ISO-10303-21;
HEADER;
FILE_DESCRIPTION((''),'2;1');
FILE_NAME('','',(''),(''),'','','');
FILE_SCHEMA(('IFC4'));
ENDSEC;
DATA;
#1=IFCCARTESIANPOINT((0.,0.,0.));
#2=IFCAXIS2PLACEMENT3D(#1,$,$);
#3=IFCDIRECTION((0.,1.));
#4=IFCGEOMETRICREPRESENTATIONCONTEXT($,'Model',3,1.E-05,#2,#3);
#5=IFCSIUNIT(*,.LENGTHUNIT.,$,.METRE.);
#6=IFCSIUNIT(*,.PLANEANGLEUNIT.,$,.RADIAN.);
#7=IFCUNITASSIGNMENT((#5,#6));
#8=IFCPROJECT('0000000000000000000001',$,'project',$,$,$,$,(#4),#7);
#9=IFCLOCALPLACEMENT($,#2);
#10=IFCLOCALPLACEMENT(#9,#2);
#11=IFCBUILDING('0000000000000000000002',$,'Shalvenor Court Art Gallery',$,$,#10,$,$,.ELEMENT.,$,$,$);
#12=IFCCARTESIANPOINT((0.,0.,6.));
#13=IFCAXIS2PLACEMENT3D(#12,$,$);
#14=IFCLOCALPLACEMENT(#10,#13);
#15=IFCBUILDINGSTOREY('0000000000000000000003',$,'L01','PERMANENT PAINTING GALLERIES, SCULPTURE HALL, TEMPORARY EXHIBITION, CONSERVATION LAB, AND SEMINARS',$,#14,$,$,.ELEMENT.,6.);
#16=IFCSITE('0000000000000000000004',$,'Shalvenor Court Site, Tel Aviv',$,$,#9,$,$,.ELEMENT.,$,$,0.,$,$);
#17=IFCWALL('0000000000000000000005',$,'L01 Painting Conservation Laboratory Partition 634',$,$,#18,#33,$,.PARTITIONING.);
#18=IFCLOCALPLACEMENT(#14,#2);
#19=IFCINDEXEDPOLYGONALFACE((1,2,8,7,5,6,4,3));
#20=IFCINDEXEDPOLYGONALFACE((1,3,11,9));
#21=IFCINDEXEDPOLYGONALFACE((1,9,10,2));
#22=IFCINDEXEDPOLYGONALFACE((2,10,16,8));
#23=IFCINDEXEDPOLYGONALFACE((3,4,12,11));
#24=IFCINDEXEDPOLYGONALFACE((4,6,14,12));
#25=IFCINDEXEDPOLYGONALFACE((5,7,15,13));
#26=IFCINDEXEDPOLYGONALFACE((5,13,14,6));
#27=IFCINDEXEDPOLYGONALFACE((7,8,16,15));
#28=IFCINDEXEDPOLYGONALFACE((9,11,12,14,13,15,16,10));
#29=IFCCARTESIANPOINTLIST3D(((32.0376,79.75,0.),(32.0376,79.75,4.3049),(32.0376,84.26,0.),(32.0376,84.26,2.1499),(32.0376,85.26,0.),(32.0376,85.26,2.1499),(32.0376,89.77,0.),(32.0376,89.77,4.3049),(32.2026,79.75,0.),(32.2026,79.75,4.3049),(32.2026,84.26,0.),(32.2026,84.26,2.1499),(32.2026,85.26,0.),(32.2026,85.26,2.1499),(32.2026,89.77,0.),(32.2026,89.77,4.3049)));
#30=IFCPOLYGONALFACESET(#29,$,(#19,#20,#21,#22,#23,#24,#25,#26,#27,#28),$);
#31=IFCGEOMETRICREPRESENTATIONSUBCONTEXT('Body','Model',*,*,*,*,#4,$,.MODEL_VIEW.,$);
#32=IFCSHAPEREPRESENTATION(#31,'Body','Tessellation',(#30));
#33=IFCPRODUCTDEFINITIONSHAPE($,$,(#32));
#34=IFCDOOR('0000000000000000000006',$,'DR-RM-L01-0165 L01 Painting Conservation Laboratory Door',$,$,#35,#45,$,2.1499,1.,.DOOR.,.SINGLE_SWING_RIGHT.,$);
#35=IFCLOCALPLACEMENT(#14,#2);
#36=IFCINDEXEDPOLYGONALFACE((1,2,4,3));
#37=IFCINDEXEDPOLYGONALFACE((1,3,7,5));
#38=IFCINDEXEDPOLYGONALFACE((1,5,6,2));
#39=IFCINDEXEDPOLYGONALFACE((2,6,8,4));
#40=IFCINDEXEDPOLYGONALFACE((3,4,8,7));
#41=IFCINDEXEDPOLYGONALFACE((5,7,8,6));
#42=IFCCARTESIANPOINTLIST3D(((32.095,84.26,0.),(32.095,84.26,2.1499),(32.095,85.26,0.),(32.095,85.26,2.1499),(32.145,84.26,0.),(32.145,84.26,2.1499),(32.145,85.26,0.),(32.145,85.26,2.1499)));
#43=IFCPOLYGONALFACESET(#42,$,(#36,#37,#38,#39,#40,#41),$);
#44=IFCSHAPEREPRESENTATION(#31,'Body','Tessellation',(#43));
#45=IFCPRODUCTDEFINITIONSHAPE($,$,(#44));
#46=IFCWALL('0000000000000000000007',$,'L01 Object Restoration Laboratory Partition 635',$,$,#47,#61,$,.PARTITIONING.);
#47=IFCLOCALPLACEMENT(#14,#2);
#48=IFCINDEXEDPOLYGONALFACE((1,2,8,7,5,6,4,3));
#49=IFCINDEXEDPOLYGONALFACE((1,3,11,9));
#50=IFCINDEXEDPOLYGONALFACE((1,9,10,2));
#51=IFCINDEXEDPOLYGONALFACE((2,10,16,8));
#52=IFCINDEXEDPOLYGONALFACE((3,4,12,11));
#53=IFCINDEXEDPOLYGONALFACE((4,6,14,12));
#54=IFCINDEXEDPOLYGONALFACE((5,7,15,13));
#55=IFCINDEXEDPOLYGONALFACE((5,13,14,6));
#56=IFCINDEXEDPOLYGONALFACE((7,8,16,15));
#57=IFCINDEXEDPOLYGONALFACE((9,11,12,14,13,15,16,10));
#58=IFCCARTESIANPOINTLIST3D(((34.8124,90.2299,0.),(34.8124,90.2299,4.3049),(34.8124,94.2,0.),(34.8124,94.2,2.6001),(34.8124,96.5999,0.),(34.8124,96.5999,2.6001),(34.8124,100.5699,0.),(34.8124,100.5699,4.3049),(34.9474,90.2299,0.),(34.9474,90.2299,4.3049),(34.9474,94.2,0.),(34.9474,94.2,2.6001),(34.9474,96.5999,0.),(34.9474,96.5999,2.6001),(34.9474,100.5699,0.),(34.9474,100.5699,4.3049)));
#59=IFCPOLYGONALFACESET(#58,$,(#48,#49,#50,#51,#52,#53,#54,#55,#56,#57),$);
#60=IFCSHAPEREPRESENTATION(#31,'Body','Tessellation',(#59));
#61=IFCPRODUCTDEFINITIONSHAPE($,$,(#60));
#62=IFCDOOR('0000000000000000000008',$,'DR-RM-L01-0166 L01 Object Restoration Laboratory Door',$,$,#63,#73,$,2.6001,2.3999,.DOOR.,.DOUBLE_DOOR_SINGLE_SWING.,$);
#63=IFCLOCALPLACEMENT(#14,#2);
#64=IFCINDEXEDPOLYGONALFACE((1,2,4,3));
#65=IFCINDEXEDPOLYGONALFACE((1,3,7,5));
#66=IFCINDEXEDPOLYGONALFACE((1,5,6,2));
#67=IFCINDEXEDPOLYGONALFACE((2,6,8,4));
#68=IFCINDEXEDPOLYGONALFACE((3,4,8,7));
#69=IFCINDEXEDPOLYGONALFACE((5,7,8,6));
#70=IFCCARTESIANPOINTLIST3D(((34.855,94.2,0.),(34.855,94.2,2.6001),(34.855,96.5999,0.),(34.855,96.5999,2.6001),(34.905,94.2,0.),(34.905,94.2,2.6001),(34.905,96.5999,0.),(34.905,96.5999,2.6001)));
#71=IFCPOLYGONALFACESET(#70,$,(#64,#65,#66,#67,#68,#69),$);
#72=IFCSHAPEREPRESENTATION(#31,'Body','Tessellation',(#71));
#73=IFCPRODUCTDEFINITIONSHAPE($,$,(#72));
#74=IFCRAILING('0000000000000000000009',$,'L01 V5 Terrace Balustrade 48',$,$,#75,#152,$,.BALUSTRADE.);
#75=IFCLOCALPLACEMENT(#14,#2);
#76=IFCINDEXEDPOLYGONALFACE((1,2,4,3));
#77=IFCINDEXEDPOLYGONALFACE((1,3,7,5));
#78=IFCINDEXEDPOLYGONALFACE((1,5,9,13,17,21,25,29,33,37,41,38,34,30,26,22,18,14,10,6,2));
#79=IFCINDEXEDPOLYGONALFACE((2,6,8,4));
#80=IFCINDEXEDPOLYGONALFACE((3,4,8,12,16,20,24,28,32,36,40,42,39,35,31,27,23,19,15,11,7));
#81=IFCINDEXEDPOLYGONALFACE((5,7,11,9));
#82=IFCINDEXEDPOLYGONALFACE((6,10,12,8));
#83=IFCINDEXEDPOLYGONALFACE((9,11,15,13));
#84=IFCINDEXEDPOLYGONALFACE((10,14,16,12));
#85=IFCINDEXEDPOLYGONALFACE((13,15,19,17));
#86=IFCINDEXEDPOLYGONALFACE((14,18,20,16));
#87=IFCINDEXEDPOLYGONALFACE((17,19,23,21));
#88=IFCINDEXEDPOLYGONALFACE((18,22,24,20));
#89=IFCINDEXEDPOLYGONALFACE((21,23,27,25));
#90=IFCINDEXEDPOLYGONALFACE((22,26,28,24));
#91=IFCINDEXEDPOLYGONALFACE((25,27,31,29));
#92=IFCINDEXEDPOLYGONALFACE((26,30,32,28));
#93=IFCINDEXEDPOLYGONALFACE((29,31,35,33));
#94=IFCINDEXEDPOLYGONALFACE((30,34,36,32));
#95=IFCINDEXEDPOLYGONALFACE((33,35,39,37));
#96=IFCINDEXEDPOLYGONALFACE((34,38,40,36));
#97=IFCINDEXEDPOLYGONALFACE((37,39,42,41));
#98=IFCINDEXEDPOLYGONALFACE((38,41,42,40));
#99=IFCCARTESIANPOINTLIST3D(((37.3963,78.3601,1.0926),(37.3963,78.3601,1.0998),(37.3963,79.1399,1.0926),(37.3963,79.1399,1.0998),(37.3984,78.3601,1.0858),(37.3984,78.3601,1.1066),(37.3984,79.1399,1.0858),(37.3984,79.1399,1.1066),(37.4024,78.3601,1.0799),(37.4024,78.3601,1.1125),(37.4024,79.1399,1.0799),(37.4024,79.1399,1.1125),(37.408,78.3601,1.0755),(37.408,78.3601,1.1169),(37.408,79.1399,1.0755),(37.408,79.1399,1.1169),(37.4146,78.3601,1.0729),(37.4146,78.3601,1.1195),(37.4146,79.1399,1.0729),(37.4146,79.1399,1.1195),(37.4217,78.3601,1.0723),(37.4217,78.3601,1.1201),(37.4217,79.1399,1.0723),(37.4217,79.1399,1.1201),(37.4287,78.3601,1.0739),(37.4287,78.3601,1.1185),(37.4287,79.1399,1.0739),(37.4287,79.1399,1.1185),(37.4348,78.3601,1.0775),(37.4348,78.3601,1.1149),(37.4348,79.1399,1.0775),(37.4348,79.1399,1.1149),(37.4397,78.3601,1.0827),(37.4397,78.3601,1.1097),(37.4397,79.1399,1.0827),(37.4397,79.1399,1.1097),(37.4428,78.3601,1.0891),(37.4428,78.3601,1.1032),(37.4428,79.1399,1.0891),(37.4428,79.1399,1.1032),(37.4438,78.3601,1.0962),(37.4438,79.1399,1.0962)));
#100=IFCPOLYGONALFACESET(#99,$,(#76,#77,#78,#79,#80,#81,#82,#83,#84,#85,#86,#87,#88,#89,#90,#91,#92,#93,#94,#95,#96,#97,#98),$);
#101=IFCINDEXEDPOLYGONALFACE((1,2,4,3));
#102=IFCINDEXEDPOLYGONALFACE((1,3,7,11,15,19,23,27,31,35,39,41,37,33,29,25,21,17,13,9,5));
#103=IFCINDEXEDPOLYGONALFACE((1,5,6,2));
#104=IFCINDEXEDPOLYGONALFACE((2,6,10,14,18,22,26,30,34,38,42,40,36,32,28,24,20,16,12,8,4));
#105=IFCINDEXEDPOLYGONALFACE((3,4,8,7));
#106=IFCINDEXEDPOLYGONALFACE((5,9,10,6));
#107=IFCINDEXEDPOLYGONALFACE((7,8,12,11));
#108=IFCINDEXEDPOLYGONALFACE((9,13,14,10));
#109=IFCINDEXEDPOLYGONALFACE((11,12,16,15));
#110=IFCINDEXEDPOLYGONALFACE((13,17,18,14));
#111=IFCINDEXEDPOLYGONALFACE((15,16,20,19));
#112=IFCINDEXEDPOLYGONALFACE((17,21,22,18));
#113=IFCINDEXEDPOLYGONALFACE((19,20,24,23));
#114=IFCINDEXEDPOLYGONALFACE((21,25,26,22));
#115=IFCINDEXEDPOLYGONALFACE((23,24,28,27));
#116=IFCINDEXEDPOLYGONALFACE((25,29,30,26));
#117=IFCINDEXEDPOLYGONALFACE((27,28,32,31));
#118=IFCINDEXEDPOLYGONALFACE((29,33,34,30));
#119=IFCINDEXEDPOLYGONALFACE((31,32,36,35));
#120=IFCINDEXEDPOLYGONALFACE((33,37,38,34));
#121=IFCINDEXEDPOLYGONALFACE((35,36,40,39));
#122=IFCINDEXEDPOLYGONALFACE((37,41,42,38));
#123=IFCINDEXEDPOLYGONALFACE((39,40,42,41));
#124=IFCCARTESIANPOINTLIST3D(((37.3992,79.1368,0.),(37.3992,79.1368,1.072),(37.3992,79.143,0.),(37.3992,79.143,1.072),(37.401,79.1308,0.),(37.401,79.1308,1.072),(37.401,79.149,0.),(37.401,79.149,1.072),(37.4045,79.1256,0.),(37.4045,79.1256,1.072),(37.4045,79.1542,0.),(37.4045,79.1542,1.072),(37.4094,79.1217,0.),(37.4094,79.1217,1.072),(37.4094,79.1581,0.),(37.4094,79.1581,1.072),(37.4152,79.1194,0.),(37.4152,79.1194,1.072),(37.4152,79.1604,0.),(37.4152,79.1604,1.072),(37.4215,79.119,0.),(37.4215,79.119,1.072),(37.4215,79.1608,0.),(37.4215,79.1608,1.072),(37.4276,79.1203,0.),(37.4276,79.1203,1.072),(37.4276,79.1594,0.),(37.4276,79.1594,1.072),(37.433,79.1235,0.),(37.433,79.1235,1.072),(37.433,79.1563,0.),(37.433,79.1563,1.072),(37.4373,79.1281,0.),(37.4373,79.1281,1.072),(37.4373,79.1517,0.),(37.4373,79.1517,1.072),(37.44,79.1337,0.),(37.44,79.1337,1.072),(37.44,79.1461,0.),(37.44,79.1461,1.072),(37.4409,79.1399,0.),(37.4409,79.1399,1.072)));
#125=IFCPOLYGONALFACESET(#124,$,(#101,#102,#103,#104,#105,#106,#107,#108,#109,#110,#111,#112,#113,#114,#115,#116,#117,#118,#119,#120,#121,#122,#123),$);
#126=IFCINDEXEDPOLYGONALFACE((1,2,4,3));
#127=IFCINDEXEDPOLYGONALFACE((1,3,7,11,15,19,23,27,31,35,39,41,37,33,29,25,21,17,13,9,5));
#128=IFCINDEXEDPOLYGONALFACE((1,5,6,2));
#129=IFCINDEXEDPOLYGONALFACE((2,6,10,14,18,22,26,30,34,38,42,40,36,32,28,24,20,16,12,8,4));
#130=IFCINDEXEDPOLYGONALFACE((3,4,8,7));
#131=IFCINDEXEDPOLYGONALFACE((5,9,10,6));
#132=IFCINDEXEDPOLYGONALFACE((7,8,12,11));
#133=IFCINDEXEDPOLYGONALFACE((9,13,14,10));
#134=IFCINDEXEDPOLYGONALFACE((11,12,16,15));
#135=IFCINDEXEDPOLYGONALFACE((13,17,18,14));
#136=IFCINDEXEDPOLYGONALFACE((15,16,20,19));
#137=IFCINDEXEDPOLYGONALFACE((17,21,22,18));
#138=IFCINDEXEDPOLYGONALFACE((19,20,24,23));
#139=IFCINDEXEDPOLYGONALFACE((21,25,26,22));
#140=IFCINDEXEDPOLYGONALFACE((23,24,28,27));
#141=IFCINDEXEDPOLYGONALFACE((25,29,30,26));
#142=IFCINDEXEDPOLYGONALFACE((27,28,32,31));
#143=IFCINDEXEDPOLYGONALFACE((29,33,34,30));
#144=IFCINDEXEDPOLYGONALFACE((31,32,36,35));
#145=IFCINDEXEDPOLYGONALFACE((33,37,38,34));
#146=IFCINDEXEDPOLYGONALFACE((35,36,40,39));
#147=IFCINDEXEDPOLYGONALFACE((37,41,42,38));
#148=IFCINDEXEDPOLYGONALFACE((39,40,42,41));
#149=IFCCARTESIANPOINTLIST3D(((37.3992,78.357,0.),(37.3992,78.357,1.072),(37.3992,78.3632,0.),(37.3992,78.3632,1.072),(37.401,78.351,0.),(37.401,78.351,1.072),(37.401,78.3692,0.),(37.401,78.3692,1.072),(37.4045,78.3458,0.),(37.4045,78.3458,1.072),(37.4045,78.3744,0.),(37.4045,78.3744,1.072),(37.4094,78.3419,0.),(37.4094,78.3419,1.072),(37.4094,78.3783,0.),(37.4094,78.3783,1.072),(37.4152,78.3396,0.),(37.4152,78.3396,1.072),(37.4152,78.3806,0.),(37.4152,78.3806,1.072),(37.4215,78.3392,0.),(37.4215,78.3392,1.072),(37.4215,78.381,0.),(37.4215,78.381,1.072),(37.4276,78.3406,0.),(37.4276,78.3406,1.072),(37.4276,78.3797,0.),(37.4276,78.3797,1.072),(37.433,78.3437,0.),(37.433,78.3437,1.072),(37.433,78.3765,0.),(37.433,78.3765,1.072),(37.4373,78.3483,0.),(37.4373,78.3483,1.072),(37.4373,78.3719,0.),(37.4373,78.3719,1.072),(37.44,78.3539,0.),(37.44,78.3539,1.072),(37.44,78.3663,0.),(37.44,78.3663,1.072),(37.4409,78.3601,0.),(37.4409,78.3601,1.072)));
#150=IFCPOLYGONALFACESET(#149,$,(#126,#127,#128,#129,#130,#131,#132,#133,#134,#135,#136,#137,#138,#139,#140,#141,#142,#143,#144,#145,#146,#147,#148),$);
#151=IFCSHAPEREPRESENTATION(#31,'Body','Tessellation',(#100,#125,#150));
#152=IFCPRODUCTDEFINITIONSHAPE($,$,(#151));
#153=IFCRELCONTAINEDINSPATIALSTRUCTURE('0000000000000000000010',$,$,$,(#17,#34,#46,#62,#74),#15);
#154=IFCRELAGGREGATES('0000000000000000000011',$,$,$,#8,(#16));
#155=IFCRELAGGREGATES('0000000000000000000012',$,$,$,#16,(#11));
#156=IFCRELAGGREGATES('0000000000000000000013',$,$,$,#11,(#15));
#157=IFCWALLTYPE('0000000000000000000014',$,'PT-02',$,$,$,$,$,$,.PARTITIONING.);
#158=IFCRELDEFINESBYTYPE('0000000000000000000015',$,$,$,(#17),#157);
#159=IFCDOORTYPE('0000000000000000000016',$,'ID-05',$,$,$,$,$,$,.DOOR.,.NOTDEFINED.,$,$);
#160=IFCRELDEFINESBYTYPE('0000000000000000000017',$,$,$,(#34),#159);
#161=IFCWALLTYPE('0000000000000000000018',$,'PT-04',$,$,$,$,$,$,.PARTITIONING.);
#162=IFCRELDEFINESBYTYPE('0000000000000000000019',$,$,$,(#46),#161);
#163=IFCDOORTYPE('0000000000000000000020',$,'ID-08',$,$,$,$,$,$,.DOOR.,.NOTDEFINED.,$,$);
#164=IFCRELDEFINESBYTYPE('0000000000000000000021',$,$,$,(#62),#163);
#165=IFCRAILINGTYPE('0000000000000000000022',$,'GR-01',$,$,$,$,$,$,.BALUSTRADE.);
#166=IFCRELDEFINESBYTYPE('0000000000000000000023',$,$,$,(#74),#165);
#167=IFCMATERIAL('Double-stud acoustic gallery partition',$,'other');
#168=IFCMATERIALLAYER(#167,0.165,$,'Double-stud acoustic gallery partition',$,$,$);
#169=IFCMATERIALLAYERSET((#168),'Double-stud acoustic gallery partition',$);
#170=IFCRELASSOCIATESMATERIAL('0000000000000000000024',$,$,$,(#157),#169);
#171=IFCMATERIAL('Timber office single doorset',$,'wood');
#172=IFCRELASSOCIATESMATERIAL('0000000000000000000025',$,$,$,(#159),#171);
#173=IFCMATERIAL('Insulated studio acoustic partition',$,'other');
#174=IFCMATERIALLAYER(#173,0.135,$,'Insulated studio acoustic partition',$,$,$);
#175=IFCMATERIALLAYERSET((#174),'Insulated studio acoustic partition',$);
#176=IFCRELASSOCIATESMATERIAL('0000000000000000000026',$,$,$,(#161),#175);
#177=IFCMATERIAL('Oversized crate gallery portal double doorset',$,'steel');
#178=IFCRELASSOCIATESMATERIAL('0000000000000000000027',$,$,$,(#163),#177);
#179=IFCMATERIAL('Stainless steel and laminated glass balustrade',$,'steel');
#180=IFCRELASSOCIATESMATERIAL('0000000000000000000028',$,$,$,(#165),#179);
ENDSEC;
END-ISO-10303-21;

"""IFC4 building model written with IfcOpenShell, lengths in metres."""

from ifc_helpers import new_model, si_unit, direction, frame, frame_2d, origin, origin_2d, place, context, subcontext, project, spatial, rectangle, circle, extrude, material, layer, layer_set, type_object, element, fill, save


model = new_model("IFC4")

# Units and contexts
model_context = context("Model", 3, precision=1e-05, world=origin(), true_north=direction((0.0, 1.0)))
body_context = subcontext(model_context, "Body", "Model", "MODEL_VIEW")
ifc_project = project(units=[si_unit("LENGTHUNIT", "METRE"), si_unit("PLANEANGLEUNIT", "RADIAN")], contexts=[model_context])

# Site, building, storey
site_placement = place(None, origin())
site = spatial("IfcSite", under=ifc_project, at=site_placement, Name="Shalvenor Court Site, Tel Aviv", CompositionType="ELEMENT", RefElevation=0.0)
building_placement = place(site_placement, origin())
building = spatial("IfcBuilding", under=site, at=building_placement, Name="Shalvenor Court Art Gallery", CompositionType="ELEMENT")
storey_placement = place(building_placement, frame((0.0, 0.0, 6.0)))
storey = spatial("IfcBuildingStorey", under=building, at=storey_placement, Name="L01", Description="PERMANENT PAINTING GALLERIES, SCULPTURE HALL, TEMPORARY EXHIBITION, CONSERVATION LAB, AND SEMINARS", CompositionType="ELEMENT", Elevation=6.0)

# Walls, openings, doors
ifc_material_1 = material(Name="Double-stud acoustic gallery partition", Category="other")
ifc_layer_1 = layer(ifc_material_1, 0.165, Name="Double-stud acoustic gallery partition")
ifc_layer_set_1 = layer_set([ifc_layer_1], Name="Double-stud acoustic gallery partition")
wall_type_1 = type_object("IfcWallType", Name="PT-02", PredefinedType="PARTITIONING", material=ifc_layer_set_1)
wall_1_placement = place(storey_placement, frame((32.1201, 89.77, 0.0), z_axis=(0.0, 0.0, 1.0), x_axis=(0.0, -1.0, 0.0)))
wall_1 = element("IfcWall", 1, at=wall_1_placement, inside=storey, type_object=wall_type_1, Name="L01 Painting Conservation Laboratory Partition 634", PredefinedType="PARTITIONING", context=body_context, shape_type="SweptSolid", body=[
    extrude(rectangle(XDim=10.02, YDim=0.165, at=frame_2d((5.01, 0.0))), origin(), (0.0, 0.0, 1.0), 4.3049),
])
opening_1_placement = place(wall_1_placement, frame((4.51, 0.0, 0.0)))
opening_1 = element("IfcOpeningElement", 2, at=opening_1_placement, cuts=wall_1, PredefinedType="OPENING", context=body_context, shape_type="SweptSolid", body=[
    extrude(rectangle(XDim=1.0, YDim=2.1499, at=frame_2d((0.5, 1.075))), frame((0.0, 0.0925, 0.0), z_axis=(0.0, -1.0, 0.0), x_axis=(1.0, 0.0, 0.0)), (0.0, 0.0, 1.0), 0.1851),
])
ifc_material_2 = material(Name="Timber office single doorset", Category="wood")
door_type_1 = type_object("IfcDoorType", Name="ID-05", OperationType="NOTDEFINED", PredefinedType="DOOR", material=ifc_material_2)
door_1_placement = place(opening_1_placement, origin())
door_1 = element("IfcDoor", 3, at=door_1_placement, inside=storey, type_object=door_type_1, Name="DR-RM-L01-0165 L01 Painting Conservation Laboratory Door", OperationType="SINGLE_SWING_RIGHT", OverallHeight=2.1499, OverallWidth=1.0, PredefinedType="DOOR", context=body_context, shape_type="SweptSolid", body=[
    extrude(rectangle(XDim=1.0, YDim=2.1499, at=frame_2d((0.5, 1.075))), frame((0.0, 0.0249, 0.0), z_axis=(0.0, -1.0, 0.0), x_axis=(1.0, 0.0, 0.0)), (0.0, 0.0, 1.0), 0.05),
])
fill(opening_1, door_1)
ifc_material_3 = material(Name="Insulated studio acoustic partition", Category="other")
ifc_layer_2 = layer(ifc_material_3, 0.135, Name="Insulated studio acoustic partition")
ifc_layer_set_2 = layer_set([ifc_layer_2], Name="Insulated studio acoustic partition")
wall_type_2 = type_object("IfcWallType", Name="PT-04", PredefinedType="PARTITIONING", material=ifc_layer_set_2)
wall_2_placement = place(storey_placement, frame((34.8799, 90.23, 0.0), z_axis=(0.0, 0.0, 1.0), x_axis=(0.0, 1.0, 0.0)))
wall_2 = element("IfcWall", 4, at=wall_2_placement, inside=storey, type_object=wall_type_2, Name="L01 Object Restoration Laboratory Partition 635", PredefinedType="PARTITIONING", context=body_context, shape_type="SweptSolid", body=[
    extrude(rectangle(XDim=10.3401, YDim=0.135, at=frame_2d((5.1699, 0.0))), origin(), (0.0, 0.0, 1.0), 4.3049),
])
opening_2_placement = place(wall_2_placement, frame((3.97, 0.0, 0.0)))
opening_2 = element("IfcOpeningElement", 5, at=opening_2_placement, cuts=wall_2, PredefinedType="OPENING", context=body_context, shape_type="SweptSolid", body=[
    extrude(rectangle(XDim=2.3999, YDim=2.6001, at=frame_2d((1.2, 1.3))), frame((0.0, 0.0774, 0.0), z_axis=(0.0, -1.0, 0.0), x_axis=(1.0, 0.0, 0.0)), (0.0, 0.0, 1.0), 0.155),
])
ifc_material_4 = material(Name="Oversized crate gallery portal double doorset", Category="steel")
door_type_2 = type_object("IfcDoorType", Name="ID-08", OperationType="NOTDEFINED", PredefinedType="DOOR", material=ifc_material_4)
door_2_placement = place(opening_2_placement, origin())
door_2 = element("IfcDoor", 6, at=door_2_placement, inside=storey, type_object=door_type_2, Name="DR-RM-L01-0166 L01 Object Restoration Laboratory Door", OperationType="DOUBLE_DOOR_SINGLE_SWING", OverallHeight=2.6001, OverallWidth=2.3999, PredefinedType="DOOR", context=body_context, shape_type="SweptSolid", body=[
    extrude(rectangle(XDim=2.3999, YDim=2.6001, at=frame_2d((1.2, 1.3))), frame((0.0, 0.0249, 0.0), z_axis=(0.0, -1.0, 0.0), x_axis=(1.0, 0.0, 0.0)), (0.0, 0.0, 1.0), 0.05),
])
fill(opening_2, door_2)

# Railing
ifc_material_5 = material(Name="Stainless steel and laminated glass balustrade", Category="steel")
railing_type = type_object("IfcRailingType", Name="GR-01", PredefinedType="BALUSTRADE", material=ifc_material_5)
railing_1_placement = place(storey_placement, frame((37.4199, 79.1399, 0.0)))
element("IfcRailing", 7, at=railing_1_placement, inside=storey, type_object=railing_type, Name="L01 V5 Terrace Balustrade 48", PredefinedType="BALUSTRADE", context=body_context, shape_type="SweptSolid", body=[
    extrude(circle(Radius=0.0239, at=origin_2d()), frame((0.0, 0.0, 1.0962), z_axis=(0.0, -1.0, 0.0), x_axis=(1.0, 0.0, 0.0)), (0.0, 0.0, 1.0), 0.7798),
    extrude(circle(Radius=0.021, at=origin_2d()), origin(), (0.0, 0.0, 1.0), 1.072),
    extrude(circle(Radius=0.021, at=origin_2d()), frame((0.0, -0.7798, 0.0)), (0.0, 0.0, 1.0), 1.072),
])

save(model, "model.ifc")
